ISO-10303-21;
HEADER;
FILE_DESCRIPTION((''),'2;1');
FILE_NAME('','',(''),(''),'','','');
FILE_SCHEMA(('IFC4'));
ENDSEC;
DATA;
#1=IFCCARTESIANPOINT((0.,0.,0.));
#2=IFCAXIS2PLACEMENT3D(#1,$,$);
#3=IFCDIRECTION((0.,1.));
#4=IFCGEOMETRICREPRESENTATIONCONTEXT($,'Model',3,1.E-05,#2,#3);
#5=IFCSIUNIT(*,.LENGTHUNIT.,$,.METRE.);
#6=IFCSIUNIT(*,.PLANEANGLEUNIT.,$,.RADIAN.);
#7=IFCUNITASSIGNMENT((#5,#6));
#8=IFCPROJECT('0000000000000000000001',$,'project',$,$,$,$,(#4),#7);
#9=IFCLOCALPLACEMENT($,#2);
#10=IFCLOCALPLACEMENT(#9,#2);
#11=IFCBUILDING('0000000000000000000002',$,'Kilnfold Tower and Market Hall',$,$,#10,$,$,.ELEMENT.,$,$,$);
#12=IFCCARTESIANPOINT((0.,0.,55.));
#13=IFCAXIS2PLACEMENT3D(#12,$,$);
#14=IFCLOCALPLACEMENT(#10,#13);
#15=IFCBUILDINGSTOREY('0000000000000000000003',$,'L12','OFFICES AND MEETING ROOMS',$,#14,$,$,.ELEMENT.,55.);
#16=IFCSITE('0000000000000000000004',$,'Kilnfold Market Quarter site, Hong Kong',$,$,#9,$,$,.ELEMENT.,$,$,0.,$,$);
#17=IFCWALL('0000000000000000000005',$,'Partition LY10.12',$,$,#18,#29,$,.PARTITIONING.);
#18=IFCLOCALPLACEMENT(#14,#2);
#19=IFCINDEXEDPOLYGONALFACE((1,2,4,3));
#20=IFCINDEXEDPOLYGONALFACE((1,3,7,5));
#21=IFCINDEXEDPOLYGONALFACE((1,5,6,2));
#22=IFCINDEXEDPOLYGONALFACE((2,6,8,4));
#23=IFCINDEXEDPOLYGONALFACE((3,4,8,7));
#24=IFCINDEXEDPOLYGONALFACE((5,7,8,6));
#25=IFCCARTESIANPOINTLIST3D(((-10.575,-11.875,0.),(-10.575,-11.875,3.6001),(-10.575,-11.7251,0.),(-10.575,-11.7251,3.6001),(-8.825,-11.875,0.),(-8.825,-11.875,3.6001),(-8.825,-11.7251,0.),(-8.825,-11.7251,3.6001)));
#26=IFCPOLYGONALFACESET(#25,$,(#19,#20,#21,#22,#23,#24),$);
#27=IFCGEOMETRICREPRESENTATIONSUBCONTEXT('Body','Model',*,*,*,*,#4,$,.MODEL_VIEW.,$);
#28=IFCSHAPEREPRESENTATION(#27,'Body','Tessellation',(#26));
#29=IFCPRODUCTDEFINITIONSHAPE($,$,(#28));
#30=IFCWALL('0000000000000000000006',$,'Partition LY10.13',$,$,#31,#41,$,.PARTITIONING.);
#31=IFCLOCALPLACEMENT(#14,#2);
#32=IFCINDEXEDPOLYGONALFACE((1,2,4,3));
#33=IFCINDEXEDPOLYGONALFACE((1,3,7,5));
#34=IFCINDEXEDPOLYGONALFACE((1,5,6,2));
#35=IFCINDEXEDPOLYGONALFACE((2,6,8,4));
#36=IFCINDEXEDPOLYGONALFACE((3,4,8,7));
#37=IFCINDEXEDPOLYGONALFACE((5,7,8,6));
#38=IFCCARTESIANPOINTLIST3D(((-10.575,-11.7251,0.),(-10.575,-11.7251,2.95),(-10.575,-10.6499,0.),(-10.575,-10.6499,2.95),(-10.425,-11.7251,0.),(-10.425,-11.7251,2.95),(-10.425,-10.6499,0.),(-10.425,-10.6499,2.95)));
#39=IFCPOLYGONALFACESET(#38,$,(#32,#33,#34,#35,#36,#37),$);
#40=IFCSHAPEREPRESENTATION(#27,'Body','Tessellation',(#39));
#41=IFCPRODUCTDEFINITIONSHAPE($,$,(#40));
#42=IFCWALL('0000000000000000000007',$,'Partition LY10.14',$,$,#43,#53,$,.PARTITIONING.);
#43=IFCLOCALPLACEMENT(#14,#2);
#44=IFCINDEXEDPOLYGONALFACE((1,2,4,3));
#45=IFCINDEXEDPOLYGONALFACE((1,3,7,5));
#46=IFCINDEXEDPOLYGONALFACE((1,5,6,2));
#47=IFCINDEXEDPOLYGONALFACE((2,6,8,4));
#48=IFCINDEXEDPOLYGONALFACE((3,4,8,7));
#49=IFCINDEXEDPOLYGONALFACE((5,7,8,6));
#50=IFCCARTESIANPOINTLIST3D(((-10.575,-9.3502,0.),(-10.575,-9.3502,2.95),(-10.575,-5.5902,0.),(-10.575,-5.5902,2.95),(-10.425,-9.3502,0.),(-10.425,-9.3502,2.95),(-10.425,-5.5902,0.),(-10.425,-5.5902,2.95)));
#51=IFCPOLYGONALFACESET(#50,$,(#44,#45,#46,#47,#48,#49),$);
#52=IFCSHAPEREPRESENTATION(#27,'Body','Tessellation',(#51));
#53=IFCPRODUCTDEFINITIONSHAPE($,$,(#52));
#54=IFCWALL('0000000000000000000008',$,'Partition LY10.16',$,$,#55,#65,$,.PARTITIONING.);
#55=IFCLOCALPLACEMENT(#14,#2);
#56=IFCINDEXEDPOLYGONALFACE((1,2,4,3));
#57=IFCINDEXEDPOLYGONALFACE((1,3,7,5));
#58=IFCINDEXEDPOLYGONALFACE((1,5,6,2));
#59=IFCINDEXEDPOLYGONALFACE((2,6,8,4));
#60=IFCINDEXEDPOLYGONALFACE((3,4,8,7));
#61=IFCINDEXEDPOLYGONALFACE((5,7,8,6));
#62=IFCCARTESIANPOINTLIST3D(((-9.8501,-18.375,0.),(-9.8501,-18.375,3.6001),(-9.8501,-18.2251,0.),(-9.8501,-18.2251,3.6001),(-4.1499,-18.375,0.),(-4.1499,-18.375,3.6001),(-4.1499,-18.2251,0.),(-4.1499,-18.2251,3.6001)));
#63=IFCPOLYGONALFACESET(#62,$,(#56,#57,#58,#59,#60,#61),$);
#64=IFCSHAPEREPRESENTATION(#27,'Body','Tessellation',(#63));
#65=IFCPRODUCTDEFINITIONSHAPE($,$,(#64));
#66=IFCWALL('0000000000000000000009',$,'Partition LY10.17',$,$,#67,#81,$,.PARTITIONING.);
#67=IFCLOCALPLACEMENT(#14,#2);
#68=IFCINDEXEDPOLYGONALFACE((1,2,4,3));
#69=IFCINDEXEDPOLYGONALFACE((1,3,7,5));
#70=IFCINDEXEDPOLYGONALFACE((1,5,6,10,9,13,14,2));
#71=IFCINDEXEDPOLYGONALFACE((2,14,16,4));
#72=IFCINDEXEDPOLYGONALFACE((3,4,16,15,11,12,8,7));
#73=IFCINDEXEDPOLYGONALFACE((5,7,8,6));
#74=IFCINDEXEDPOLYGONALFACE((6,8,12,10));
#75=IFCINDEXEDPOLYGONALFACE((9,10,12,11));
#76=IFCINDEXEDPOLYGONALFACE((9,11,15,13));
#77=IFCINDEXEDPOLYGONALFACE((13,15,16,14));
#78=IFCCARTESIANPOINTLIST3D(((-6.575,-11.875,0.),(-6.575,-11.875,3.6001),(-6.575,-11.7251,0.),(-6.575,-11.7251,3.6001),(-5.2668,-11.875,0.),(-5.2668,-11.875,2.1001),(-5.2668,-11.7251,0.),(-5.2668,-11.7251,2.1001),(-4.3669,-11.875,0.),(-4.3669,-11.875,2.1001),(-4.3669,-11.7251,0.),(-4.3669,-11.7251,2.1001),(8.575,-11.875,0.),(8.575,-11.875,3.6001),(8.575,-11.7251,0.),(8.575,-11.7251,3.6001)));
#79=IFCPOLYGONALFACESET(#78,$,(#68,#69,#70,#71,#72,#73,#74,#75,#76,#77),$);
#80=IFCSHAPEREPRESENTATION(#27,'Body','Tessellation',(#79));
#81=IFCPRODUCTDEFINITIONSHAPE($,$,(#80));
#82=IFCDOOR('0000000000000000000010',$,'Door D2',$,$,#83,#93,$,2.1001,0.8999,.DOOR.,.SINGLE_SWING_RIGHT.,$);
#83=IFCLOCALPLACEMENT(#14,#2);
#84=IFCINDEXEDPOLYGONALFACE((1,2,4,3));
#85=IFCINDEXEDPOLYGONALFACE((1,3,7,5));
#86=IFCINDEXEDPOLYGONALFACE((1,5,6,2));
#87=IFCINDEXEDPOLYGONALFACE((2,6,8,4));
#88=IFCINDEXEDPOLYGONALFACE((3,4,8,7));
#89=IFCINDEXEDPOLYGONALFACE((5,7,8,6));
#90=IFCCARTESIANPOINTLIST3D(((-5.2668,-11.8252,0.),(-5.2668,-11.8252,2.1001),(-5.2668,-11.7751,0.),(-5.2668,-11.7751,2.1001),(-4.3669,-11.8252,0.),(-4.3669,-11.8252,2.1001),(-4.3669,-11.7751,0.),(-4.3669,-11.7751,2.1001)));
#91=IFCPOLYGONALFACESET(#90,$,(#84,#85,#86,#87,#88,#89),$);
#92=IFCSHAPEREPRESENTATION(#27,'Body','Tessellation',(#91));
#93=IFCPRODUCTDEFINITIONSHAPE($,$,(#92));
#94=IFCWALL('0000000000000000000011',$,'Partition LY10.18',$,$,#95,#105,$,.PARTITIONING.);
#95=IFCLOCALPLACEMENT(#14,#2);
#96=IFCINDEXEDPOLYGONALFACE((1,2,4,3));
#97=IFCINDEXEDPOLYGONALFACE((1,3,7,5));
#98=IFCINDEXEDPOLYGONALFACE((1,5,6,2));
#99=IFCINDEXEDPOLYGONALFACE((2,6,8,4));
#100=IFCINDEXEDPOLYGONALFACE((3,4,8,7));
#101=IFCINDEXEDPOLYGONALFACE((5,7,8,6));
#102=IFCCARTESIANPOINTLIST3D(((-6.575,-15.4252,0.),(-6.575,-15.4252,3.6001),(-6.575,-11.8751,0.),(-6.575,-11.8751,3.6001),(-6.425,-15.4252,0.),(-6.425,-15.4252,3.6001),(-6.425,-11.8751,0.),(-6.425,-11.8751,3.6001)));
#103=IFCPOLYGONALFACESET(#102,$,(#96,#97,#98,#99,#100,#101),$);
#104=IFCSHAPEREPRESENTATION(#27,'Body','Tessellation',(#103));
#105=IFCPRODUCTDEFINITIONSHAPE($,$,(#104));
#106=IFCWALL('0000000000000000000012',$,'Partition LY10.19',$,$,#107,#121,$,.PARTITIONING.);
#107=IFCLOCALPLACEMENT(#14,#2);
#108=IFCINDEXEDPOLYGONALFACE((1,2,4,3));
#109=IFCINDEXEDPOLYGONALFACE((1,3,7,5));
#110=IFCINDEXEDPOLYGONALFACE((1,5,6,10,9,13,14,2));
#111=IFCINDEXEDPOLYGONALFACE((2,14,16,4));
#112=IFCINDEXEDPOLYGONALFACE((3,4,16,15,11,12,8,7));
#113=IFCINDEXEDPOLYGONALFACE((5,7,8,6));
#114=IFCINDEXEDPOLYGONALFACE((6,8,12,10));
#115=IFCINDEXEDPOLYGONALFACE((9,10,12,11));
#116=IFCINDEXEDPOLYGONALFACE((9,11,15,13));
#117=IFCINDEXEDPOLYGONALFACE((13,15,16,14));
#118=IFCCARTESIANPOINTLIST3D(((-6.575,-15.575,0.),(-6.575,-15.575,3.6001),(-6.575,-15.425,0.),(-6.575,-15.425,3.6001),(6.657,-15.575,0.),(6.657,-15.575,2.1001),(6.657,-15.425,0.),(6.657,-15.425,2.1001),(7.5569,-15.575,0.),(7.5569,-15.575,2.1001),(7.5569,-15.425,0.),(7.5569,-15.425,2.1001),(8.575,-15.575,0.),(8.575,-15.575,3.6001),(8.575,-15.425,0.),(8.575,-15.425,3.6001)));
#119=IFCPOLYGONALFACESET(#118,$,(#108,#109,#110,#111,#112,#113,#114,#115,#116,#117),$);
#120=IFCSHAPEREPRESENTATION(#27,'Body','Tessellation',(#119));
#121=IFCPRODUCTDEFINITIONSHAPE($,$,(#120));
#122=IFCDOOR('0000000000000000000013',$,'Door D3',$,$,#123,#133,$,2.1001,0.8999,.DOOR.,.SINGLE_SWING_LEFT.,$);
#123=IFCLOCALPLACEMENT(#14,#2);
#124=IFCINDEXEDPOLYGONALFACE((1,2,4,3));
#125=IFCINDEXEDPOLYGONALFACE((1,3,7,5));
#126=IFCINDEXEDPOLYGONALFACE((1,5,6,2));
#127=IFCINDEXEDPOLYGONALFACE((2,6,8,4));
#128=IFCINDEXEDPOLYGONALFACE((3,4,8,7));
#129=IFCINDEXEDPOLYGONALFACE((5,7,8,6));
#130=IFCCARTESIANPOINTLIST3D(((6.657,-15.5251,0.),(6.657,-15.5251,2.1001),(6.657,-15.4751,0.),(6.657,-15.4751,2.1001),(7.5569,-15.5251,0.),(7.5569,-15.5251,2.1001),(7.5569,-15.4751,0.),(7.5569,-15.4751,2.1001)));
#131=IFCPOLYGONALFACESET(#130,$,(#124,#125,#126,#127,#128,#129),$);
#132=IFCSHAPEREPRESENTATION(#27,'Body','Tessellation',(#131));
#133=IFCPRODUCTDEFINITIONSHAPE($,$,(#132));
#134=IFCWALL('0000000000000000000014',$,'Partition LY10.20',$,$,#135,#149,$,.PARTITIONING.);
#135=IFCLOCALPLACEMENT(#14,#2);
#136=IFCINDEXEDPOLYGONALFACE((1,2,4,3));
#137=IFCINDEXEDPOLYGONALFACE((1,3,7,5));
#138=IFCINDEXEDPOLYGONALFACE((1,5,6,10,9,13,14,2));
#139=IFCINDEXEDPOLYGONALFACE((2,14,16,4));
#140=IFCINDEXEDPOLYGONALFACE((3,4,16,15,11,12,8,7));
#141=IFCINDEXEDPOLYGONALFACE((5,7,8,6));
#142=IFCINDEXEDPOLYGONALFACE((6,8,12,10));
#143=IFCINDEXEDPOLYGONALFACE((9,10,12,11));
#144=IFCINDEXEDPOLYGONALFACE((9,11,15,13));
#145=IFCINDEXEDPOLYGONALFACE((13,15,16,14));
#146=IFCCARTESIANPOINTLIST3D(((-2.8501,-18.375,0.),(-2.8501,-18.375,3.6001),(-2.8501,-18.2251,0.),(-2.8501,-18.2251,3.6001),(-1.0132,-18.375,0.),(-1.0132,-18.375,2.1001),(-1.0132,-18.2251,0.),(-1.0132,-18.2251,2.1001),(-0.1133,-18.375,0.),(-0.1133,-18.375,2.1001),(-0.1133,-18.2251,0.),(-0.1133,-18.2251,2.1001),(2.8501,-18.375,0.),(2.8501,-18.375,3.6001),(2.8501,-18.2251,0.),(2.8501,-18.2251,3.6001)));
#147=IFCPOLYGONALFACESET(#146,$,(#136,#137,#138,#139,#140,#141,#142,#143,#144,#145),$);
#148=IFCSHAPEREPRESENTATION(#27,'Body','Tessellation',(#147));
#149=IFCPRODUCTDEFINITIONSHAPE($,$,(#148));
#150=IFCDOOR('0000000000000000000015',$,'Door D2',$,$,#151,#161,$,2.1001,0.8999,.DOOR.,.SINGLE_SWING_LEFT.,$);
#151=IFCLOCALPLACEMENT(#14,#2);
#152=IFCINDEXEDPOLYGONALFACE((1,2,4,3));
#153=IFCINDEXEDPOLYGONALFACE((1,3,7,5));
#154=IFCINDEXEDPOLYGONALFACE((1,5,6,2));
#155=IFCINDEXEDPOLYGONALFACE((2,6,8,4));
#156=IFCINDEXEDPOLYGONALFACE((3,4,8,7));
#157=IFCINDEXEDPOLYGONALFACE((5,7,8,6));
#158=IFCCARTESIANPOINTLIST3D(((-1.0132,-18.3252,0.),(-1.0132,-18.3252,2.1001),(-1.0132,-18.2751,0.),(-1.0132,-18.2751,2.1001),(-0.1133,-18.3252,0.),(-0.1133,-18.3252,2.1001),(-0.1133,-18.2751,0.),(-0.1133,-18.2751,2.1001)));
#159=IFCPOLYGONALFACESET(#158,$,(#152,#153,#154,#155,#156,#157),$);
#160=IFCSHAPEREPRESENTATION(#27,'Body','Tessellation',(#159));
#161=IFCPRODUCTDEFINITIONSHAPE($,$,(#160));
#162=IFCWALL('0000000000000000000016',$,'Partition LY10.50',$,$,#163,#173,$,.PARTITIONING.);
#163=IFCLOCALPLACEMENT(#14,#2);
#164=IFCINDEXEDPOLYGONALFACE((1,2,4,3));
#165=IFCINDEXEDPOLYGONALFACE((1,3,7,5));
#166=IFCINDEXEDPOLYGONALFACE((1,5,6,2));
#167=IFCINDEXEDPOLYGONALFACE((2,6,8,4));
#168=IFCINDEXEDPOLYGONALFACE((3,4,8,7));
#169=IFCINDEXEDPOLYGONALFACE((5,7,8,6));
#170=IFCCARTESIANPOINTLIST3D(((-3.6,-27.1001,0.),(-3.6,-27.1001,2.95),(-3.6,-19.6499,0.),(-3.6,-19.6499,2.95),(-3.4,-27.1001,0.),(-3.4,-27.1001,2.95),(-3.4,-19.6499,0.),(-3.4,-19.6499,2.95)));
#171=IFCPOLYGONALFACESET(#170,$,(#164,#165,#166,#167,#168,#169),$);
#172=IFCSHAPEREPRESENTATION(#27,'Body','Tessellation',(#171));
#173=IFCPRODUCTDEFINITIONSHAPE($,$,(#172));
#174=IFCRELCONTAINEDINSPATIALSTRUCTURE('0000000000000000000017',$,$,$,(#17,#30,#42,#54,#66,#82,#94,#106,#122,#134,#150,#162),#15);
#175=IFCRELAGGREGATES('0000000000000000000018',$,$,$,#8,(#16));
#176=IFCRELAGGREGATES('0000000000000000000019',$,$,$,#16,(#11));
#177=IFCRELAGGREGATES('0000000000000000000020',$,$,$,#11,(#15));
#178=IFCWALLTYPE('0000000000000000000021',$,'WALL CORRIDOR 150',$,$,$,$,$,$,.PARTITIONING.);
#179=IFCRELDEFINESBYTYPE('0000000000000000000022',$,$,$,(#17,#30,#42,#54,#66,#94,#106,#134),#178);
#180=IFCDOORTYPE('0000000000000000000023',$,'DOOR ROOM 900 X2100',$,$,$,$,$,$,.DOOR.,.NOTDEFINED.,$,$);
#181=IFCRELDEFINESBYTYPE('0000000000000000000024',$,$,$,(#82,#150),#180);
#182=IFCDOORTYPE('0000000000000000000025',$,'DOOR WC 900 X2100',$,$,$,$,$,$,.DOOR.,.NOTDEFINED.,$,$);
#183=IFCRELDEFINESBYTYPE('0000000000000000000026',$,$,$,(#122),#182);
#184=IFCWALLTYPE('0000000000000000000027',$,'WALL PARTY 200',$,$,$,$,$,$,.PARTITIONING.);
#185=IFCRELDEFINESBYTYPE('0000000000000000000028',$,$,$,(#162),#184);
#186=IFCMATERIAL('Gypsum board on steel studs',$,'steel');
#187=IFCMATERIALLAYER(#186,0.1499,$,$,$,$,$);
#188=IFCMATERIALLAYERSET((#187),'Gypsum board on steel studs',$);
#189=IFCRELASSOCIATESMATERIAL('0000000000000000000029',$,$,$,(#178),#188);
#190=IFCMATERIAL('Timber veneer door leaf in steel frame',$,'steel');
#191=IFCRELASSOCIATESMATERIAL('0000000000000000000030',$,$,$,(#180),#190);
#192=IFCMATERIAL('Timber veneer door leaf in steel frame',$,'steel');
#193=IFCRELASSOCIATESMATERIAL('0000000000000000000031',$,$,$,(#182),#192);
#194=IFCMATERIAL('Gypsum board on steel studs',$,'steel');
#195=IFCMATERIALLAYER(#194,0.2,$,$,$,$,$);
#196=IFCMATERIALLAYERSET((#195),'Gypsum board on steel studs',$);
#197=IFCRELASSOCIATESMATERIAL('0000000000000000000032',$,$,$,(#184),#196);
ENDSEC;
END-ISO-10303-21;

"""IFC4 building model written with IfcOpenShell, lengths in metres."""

from ifc_helpers import new_model, si_unit, direction, frame, frame_2d, origin, place, context, subcontext, project, spatial, rectangle, extrude, material, layer, layer_set, type_object, element, fill, save


model = new_model("IFC4")

# Units and contexts
model_context = context("Model", 3, precision=1e-05, world=origin(), true_north=direction((0.0, 1.0)))
body_context = subcontext(model_context, "Body", "Model", "MODEL_VIEW")
ifc_project = project(units=[si_unit("LENGTHUNIT", "METRE"), si_unit("PLANEANGLEUNIT", "RADIAN")], contexts=[model_context])

# Site, building, storey
site_placement = place(None, origin())
site = spatial("IfcSite", under=ifc_project, at=site_placement, Name="Kilnfold Market Quarter site, Hong Kong", CompositionType="ELEMENT", RefElevation=0.0)
building_placement = place(site_placement, origin())
building = spatial("IfcBuilding", under=site, at=building_placement, Name="Kilnfold Tower and Market Hall", CompositionType="ELEMENT")
storey_placement = place(building_placement, frame((0.0, 0.0, 55.0)))
storey = spatial("IfcBuildingStorey", under=building, at=storey_placement, Name="L12", Description="OFFICES AND MEETING ROOMS", CompositionType="ELEMENT", Elevation=55.0)

# Shared definitions
ifc_material_1 = material(Name="Gypsum board on steel studs", Category="steel")
ifc_layer_1 = layer(ifc_material_1, 0.1499)
ifc_layer_set_1 = layer_set([ifc_layer_1], Name="Gypsum board on steel studs")
wall_type_1 = type_object("IfcWallType", Name="WALL CORRIDOR 150", PredefinedType="PARTITIONING", material=ifc_layer_set_1)

# Walls
wall_1_placement = place(storey_placement, frame((-10.575, -11.8, 0.0), z_axis=(0.0, 0.0, 1.0), x_axis=(1.0, 0.0, 0.0)))
element("IfcWall", 1, at=wall_1_placement, inside=storey, type_object=wall_type_1, Name="Partition LY10.12", PredefinedType="PARTITIONING", context=body_context, shape_type="SweptSolid", body=[
    extrude(rectangle(XDim=1.75, YDim=0.1499, at=frame_2d((0.875, 0.0))), origin(), (0.0, 0.0, 1.0), 3.6001),
])
wall_2_placement = place(storey_placement, frame((-10.5, -11.7251, 0.0), z_axis=(0.0, 0.0, 1.0), x_axis=(0.0, 1.0, 0.0)))
element("IfcWall", 2, at=wall_2_placement, inside=storey, type_object=wall_type_1, Name="Partition LY10.13", PredefinedType="PARTITIONING", context=body_context, shape_type="SweptSolid", body=[
    extrude(rectangle(XDim=1.0752, YDim=0.1499, at=frame_2d((0.5376, 0.0))), origin(), (0.0, 0.0, 1.0), 2.95),
])
wall_3_placement = place(storey_placement, frame((-10.5, -9.3501, 0.0), z_axis=(0.0, 0.0, 1.0), x_axis=(0.0, 1.0, 0.0)))
element("IfcWall", 3, at=wall_3_placement, inside=storey, type_object=wall_type_1, Name="Partition LY10.14", PredefinedType="PARTITIONING", context=body_context, shape_type="SweptSolid", body=[
    extrude(rectangle(XDim=3.76, YDim=0.1499, at=frame_2d((1.8799, 0.0))), origin(), (0.0, 0.0, 1.0), 2.95),
])
wall_4_placement = place(storey_placement, frame((-9.8501, -18.3, 0.0), z_axis=(0.0, 0.0, 1.0), x_axis=(1.0, 0.0, 0.0)))
element("IfcWall", 4, at=wall_4_placement, inside=storey, type_object=wall_type_1, Name="Partition LY10.16", PredefinedType="PARTITIONING", context=body_context, shape_type="SweptSolid", body=[
    extrude(rectangle(XDim=5.7002, YDim=0.1499, at=frame_2d((2.8501, 0.0))), origin(), (0.0, 0.0, 1.0), 3.6001),
])

# Wall, opening, door
wall_5_placement = place(storey_placement, frame((-6.575, -11.8, 0.0), z_axis=(0.0, 0.0, 1.0), x_axis=(1.0, 0.0, 0.0)))
wall_5 = element("IfcWall", 5, at=wall_5_placement, inside=storey, type_object=wall_type_1, Name="Partition LY10.17", PredefinedType="PARTITIONING", context=body_context, shape_type="SweptSolid", body=[
    extrude(rectangle(XDim=15.1499, YDim=0.1499, at=frame_2d((7.575, 0.0))), origin(), (0.0, 0.0, 1.0), 3.6001),
])
opening_1_placement = place(wall_5_placement, frame((1.3081, 0.0, 0.0)))
opening_1 = element("IfcOpeningElement", 6, at=opening_1_placement, cuts=wall_5, PredefinedType="OPENING", context=body_context, shape_type="SweptSolid", body=[
    extrude(rectangle(XDim=0.8999, YDim=2.1001, at=frame_2d((0.45, 1.05))), frame((0.0, 0.085, 0.0), z_axis=(0.0, -1.0, 0.0), x_axis=(1.0, 0.0, 0.0)), (0.0, 0.0, 1.0), 0.1699),
])
ifc_material_2 = material(Name="Timber veneer door leaf in steel frame", Category="steel")
door_type_1 = type_object("IfcDoorType", Name="DOOR ROOM 900 X2100", OperationType="NOTDEFINED", PredefinedType="DOOR", material=ifc_material_2)
door_1_placement = place(opening_1_placement, origin())
door_1 = element("IfcDoor", 7, at=door_1_placement, inside=storey, type_object=door_type_1, Name="Door D2", OperationType="SINGLE_SWING_RIGHT", OverallHeight=2.1001, OverallWidth=0.8999, PredefinedType="DOOR", context=body_context, shape_type="SweptSolid", body=[
    extrude(rectangle(XDim=0.8999, YDim=2.1001, at=frame_2d((0.45, 1.05))), frame((0.0, 0.0249, 0.0), z_axis=(0.0, -1.0, 0.0), x_axis=(1.0, 0.0, 0.0)), (0.0, 0.0, 1.0), 0.05),
])
fill(opening_1, door_1)

# Wall
wall_6_placement = place(storey_placement, frame((-6.5, -15.425, 0.0), z_axis=(0.0, 0.0, 1.0), x_axis=(0.0, 1.0, 0.0)))
element("IfcWall", 8, at=wall_6_placement, inside=storey, type_object=wall_type_1, Name="Partition LY10.18", PredefinedType="PARTITIONING", context=body_context, shape_type="SweptSolid", body=[
    extrude(rectangle(XDim=3.55, YDim=0.1499, at=frame_2d((1.7749, 0.0))), origin(), (0.0, 0.0, 1.0), 3.6001),
])

# Walls, openings, doors
wall_7_placement = place(storey_placement, frame((-6.575, -15.5, 0.0), z_axis=(0.0, 0.0, 1.0), x_axis=(1.0, 0.0, 0.0)))
wall_7 = element("IfcWall", 9, at=wall_7_placement, inside=storey, type_object=wall_type_1, Name="Partition LY10.19", PredefinedType="PARTITIONING", context=body_context, shape_type="SweptSolid", body=[
    extrude(rectangle(XDim=15.1499, YDim=0.1499, at=frame_2d((7.575, 0.0))), origin(), (0.0, 0.0, 1.0), 3.6001),
])
opening_2_placement = place(wall_7_placement, frame((13.2319, 0.0, 0.0)))
opening_2 = element("IfcOpeningElement", 10, at=opening_2_placement, cuts=wall_7, PredefinedType="OPENING", context=body_context, shape_type="SweptSolid", body=[
    extrude(rectangle(XDim=0.8999, YDim=2.1001, at=frame_2d((0.45, 1.05))), frame((0.0, 0.085, 0.0), z_axis=(0.0, -1.0, 0.0), x_axis=(1.0, 0.0, 0.0)), (0.0, 0.0, 1.0), 0.1699),
])
ifc_material_3 = material(Name="Timber veneer door leaf in steel frame", Category="steel")
door_type_2 = type_object("IfcDoorType", Name="DOOR WC 900 X2100", OperationType="NOTDEFINED", PredefinedType="DOOR", material=ifc_material_3)
door_2_placement = place(opening_2_placement, origin())
door_2 = element("IfcDoor", 11, at=door_2_placement, inside=storey, type_object=door_type_2, Name="Door D3", OperationType="SINGLE_SWING_LEFT", OverallHeight=2.1001, OverallWidth=0.8999, PredefinedType="DOOR", context=body_context, shape_type="SweptSolid", body=[
    extrude(rectangle(XDim=0.8999, YDim=2.1001, at=frame_2d((0.45, 1.05))), frame((0.0, 0.0249, 0.0), z_axis=(0.0, -1.0, 0.0), x_axis=(1.0, 0.0, 0.0)), (0.0, 0.0, 1.0), 0.05),
])
fill(opening_2, door_2)
wall_8_placement = place(storey_placement, frame((-2.8501, -18.3, 0.0), z_axis=(0.0, 0.0, 1.0), x_axis=(1.0, 0.0, 0.0)))
wall_8 = element("IfcWall", 12, at=wall_8_placement, inside=storey, type_object=wall_type_1, Name="Partition LY10.20", PredefinedType="PARTITIONING", context=body_context, shape_type="SweptSolid", body=[
    extrude(rectangle(XDim=5.7002, YDim=0.1499, at=frame_2d((2.8501, 0.0))), origin(), (0.0, 0.0, 1.0), 3.6001),
])
opening_3_placement = place(wall_8_placement, frame((1.8369, 0.0, 0.0)))
opening_3 = element("IfcOpeningElement", 13, at=opening_3_placement, cuts=wall_8, PredefinedType="OPENING", context=body_context, shape_type="SweptSolid", body=[
    extrude(rectangle(XDim=0.8999, YDim=2.1001, at=frame_2d((0.45, 1.05))), frame((0.0, 0.085, 0.0), z_axis=(0.0, -1.0, 0.0), x_axis=(1.0, 0.0, 0.0)), (0.0, 0.0, 1.0), 0.1699),
])
door_3_placement = place(opening_3_placement, origin())
door_3 = element("IfcDoor", 14, at=door_3_placement, inside=storey, type_object=door_type_1, Name="Door D2", OperationType="SINGLE_SWING_LEFT", OverallHeight=2.1001, OverallWidth=0.8999, PredefinedType="DOOR", context=body_context, shape_type="SweptSolid", body=[
    extrude(rectangle(XDim=0.8999, YDim=2.1001, at=frame_2d((0.45, 1.05))), frame((0.0, 0.0249, 0.0), z_axis=(0.0, -1.0, 0.0), x_axis=(1.0, 0.0, 0.0)), (0.0, 0.0, 1.0), 0.05),
])
fill(opening_3, door_3)

# Wall
ifc_material_4 = material(Name="Gypsum board on steel studs", Category="steel")
ifc_layer_2 = layer(ifc_material_4, 0.2)
ifc_layer_set_2 = layer_set([ifc_layer_2], Name="Gypsum board on steel studs")
wall_type_2 = type_object("IfcWallType", Name="WALL PARTY 200", PredefinedType="PARTITIONING", material=ifc_layer_set_2)
wall_9_placement = place(storey_placement, frame((-3.5, -27.1001, 0.0), z_axis=(0.0, 0.0, 1.0), x_axis=(0.0, 1.0, 0.0)))
element("IfcWall", 15, at=wall_9_placement, inside=storey, type_object=wall_type_2, Name="Partition LY10.50", PredefinedType="PARTITIONING", context=body_context, shape_type="SweptSolid", body=[
    extrude(rectangle(XDim=7.4502, YDim=0.2, at=frame_2d((3.7251, 0.0))), origin(), (0.0, 0.0, 1.0), 2.95),
])

save(model, "model.ifc")
